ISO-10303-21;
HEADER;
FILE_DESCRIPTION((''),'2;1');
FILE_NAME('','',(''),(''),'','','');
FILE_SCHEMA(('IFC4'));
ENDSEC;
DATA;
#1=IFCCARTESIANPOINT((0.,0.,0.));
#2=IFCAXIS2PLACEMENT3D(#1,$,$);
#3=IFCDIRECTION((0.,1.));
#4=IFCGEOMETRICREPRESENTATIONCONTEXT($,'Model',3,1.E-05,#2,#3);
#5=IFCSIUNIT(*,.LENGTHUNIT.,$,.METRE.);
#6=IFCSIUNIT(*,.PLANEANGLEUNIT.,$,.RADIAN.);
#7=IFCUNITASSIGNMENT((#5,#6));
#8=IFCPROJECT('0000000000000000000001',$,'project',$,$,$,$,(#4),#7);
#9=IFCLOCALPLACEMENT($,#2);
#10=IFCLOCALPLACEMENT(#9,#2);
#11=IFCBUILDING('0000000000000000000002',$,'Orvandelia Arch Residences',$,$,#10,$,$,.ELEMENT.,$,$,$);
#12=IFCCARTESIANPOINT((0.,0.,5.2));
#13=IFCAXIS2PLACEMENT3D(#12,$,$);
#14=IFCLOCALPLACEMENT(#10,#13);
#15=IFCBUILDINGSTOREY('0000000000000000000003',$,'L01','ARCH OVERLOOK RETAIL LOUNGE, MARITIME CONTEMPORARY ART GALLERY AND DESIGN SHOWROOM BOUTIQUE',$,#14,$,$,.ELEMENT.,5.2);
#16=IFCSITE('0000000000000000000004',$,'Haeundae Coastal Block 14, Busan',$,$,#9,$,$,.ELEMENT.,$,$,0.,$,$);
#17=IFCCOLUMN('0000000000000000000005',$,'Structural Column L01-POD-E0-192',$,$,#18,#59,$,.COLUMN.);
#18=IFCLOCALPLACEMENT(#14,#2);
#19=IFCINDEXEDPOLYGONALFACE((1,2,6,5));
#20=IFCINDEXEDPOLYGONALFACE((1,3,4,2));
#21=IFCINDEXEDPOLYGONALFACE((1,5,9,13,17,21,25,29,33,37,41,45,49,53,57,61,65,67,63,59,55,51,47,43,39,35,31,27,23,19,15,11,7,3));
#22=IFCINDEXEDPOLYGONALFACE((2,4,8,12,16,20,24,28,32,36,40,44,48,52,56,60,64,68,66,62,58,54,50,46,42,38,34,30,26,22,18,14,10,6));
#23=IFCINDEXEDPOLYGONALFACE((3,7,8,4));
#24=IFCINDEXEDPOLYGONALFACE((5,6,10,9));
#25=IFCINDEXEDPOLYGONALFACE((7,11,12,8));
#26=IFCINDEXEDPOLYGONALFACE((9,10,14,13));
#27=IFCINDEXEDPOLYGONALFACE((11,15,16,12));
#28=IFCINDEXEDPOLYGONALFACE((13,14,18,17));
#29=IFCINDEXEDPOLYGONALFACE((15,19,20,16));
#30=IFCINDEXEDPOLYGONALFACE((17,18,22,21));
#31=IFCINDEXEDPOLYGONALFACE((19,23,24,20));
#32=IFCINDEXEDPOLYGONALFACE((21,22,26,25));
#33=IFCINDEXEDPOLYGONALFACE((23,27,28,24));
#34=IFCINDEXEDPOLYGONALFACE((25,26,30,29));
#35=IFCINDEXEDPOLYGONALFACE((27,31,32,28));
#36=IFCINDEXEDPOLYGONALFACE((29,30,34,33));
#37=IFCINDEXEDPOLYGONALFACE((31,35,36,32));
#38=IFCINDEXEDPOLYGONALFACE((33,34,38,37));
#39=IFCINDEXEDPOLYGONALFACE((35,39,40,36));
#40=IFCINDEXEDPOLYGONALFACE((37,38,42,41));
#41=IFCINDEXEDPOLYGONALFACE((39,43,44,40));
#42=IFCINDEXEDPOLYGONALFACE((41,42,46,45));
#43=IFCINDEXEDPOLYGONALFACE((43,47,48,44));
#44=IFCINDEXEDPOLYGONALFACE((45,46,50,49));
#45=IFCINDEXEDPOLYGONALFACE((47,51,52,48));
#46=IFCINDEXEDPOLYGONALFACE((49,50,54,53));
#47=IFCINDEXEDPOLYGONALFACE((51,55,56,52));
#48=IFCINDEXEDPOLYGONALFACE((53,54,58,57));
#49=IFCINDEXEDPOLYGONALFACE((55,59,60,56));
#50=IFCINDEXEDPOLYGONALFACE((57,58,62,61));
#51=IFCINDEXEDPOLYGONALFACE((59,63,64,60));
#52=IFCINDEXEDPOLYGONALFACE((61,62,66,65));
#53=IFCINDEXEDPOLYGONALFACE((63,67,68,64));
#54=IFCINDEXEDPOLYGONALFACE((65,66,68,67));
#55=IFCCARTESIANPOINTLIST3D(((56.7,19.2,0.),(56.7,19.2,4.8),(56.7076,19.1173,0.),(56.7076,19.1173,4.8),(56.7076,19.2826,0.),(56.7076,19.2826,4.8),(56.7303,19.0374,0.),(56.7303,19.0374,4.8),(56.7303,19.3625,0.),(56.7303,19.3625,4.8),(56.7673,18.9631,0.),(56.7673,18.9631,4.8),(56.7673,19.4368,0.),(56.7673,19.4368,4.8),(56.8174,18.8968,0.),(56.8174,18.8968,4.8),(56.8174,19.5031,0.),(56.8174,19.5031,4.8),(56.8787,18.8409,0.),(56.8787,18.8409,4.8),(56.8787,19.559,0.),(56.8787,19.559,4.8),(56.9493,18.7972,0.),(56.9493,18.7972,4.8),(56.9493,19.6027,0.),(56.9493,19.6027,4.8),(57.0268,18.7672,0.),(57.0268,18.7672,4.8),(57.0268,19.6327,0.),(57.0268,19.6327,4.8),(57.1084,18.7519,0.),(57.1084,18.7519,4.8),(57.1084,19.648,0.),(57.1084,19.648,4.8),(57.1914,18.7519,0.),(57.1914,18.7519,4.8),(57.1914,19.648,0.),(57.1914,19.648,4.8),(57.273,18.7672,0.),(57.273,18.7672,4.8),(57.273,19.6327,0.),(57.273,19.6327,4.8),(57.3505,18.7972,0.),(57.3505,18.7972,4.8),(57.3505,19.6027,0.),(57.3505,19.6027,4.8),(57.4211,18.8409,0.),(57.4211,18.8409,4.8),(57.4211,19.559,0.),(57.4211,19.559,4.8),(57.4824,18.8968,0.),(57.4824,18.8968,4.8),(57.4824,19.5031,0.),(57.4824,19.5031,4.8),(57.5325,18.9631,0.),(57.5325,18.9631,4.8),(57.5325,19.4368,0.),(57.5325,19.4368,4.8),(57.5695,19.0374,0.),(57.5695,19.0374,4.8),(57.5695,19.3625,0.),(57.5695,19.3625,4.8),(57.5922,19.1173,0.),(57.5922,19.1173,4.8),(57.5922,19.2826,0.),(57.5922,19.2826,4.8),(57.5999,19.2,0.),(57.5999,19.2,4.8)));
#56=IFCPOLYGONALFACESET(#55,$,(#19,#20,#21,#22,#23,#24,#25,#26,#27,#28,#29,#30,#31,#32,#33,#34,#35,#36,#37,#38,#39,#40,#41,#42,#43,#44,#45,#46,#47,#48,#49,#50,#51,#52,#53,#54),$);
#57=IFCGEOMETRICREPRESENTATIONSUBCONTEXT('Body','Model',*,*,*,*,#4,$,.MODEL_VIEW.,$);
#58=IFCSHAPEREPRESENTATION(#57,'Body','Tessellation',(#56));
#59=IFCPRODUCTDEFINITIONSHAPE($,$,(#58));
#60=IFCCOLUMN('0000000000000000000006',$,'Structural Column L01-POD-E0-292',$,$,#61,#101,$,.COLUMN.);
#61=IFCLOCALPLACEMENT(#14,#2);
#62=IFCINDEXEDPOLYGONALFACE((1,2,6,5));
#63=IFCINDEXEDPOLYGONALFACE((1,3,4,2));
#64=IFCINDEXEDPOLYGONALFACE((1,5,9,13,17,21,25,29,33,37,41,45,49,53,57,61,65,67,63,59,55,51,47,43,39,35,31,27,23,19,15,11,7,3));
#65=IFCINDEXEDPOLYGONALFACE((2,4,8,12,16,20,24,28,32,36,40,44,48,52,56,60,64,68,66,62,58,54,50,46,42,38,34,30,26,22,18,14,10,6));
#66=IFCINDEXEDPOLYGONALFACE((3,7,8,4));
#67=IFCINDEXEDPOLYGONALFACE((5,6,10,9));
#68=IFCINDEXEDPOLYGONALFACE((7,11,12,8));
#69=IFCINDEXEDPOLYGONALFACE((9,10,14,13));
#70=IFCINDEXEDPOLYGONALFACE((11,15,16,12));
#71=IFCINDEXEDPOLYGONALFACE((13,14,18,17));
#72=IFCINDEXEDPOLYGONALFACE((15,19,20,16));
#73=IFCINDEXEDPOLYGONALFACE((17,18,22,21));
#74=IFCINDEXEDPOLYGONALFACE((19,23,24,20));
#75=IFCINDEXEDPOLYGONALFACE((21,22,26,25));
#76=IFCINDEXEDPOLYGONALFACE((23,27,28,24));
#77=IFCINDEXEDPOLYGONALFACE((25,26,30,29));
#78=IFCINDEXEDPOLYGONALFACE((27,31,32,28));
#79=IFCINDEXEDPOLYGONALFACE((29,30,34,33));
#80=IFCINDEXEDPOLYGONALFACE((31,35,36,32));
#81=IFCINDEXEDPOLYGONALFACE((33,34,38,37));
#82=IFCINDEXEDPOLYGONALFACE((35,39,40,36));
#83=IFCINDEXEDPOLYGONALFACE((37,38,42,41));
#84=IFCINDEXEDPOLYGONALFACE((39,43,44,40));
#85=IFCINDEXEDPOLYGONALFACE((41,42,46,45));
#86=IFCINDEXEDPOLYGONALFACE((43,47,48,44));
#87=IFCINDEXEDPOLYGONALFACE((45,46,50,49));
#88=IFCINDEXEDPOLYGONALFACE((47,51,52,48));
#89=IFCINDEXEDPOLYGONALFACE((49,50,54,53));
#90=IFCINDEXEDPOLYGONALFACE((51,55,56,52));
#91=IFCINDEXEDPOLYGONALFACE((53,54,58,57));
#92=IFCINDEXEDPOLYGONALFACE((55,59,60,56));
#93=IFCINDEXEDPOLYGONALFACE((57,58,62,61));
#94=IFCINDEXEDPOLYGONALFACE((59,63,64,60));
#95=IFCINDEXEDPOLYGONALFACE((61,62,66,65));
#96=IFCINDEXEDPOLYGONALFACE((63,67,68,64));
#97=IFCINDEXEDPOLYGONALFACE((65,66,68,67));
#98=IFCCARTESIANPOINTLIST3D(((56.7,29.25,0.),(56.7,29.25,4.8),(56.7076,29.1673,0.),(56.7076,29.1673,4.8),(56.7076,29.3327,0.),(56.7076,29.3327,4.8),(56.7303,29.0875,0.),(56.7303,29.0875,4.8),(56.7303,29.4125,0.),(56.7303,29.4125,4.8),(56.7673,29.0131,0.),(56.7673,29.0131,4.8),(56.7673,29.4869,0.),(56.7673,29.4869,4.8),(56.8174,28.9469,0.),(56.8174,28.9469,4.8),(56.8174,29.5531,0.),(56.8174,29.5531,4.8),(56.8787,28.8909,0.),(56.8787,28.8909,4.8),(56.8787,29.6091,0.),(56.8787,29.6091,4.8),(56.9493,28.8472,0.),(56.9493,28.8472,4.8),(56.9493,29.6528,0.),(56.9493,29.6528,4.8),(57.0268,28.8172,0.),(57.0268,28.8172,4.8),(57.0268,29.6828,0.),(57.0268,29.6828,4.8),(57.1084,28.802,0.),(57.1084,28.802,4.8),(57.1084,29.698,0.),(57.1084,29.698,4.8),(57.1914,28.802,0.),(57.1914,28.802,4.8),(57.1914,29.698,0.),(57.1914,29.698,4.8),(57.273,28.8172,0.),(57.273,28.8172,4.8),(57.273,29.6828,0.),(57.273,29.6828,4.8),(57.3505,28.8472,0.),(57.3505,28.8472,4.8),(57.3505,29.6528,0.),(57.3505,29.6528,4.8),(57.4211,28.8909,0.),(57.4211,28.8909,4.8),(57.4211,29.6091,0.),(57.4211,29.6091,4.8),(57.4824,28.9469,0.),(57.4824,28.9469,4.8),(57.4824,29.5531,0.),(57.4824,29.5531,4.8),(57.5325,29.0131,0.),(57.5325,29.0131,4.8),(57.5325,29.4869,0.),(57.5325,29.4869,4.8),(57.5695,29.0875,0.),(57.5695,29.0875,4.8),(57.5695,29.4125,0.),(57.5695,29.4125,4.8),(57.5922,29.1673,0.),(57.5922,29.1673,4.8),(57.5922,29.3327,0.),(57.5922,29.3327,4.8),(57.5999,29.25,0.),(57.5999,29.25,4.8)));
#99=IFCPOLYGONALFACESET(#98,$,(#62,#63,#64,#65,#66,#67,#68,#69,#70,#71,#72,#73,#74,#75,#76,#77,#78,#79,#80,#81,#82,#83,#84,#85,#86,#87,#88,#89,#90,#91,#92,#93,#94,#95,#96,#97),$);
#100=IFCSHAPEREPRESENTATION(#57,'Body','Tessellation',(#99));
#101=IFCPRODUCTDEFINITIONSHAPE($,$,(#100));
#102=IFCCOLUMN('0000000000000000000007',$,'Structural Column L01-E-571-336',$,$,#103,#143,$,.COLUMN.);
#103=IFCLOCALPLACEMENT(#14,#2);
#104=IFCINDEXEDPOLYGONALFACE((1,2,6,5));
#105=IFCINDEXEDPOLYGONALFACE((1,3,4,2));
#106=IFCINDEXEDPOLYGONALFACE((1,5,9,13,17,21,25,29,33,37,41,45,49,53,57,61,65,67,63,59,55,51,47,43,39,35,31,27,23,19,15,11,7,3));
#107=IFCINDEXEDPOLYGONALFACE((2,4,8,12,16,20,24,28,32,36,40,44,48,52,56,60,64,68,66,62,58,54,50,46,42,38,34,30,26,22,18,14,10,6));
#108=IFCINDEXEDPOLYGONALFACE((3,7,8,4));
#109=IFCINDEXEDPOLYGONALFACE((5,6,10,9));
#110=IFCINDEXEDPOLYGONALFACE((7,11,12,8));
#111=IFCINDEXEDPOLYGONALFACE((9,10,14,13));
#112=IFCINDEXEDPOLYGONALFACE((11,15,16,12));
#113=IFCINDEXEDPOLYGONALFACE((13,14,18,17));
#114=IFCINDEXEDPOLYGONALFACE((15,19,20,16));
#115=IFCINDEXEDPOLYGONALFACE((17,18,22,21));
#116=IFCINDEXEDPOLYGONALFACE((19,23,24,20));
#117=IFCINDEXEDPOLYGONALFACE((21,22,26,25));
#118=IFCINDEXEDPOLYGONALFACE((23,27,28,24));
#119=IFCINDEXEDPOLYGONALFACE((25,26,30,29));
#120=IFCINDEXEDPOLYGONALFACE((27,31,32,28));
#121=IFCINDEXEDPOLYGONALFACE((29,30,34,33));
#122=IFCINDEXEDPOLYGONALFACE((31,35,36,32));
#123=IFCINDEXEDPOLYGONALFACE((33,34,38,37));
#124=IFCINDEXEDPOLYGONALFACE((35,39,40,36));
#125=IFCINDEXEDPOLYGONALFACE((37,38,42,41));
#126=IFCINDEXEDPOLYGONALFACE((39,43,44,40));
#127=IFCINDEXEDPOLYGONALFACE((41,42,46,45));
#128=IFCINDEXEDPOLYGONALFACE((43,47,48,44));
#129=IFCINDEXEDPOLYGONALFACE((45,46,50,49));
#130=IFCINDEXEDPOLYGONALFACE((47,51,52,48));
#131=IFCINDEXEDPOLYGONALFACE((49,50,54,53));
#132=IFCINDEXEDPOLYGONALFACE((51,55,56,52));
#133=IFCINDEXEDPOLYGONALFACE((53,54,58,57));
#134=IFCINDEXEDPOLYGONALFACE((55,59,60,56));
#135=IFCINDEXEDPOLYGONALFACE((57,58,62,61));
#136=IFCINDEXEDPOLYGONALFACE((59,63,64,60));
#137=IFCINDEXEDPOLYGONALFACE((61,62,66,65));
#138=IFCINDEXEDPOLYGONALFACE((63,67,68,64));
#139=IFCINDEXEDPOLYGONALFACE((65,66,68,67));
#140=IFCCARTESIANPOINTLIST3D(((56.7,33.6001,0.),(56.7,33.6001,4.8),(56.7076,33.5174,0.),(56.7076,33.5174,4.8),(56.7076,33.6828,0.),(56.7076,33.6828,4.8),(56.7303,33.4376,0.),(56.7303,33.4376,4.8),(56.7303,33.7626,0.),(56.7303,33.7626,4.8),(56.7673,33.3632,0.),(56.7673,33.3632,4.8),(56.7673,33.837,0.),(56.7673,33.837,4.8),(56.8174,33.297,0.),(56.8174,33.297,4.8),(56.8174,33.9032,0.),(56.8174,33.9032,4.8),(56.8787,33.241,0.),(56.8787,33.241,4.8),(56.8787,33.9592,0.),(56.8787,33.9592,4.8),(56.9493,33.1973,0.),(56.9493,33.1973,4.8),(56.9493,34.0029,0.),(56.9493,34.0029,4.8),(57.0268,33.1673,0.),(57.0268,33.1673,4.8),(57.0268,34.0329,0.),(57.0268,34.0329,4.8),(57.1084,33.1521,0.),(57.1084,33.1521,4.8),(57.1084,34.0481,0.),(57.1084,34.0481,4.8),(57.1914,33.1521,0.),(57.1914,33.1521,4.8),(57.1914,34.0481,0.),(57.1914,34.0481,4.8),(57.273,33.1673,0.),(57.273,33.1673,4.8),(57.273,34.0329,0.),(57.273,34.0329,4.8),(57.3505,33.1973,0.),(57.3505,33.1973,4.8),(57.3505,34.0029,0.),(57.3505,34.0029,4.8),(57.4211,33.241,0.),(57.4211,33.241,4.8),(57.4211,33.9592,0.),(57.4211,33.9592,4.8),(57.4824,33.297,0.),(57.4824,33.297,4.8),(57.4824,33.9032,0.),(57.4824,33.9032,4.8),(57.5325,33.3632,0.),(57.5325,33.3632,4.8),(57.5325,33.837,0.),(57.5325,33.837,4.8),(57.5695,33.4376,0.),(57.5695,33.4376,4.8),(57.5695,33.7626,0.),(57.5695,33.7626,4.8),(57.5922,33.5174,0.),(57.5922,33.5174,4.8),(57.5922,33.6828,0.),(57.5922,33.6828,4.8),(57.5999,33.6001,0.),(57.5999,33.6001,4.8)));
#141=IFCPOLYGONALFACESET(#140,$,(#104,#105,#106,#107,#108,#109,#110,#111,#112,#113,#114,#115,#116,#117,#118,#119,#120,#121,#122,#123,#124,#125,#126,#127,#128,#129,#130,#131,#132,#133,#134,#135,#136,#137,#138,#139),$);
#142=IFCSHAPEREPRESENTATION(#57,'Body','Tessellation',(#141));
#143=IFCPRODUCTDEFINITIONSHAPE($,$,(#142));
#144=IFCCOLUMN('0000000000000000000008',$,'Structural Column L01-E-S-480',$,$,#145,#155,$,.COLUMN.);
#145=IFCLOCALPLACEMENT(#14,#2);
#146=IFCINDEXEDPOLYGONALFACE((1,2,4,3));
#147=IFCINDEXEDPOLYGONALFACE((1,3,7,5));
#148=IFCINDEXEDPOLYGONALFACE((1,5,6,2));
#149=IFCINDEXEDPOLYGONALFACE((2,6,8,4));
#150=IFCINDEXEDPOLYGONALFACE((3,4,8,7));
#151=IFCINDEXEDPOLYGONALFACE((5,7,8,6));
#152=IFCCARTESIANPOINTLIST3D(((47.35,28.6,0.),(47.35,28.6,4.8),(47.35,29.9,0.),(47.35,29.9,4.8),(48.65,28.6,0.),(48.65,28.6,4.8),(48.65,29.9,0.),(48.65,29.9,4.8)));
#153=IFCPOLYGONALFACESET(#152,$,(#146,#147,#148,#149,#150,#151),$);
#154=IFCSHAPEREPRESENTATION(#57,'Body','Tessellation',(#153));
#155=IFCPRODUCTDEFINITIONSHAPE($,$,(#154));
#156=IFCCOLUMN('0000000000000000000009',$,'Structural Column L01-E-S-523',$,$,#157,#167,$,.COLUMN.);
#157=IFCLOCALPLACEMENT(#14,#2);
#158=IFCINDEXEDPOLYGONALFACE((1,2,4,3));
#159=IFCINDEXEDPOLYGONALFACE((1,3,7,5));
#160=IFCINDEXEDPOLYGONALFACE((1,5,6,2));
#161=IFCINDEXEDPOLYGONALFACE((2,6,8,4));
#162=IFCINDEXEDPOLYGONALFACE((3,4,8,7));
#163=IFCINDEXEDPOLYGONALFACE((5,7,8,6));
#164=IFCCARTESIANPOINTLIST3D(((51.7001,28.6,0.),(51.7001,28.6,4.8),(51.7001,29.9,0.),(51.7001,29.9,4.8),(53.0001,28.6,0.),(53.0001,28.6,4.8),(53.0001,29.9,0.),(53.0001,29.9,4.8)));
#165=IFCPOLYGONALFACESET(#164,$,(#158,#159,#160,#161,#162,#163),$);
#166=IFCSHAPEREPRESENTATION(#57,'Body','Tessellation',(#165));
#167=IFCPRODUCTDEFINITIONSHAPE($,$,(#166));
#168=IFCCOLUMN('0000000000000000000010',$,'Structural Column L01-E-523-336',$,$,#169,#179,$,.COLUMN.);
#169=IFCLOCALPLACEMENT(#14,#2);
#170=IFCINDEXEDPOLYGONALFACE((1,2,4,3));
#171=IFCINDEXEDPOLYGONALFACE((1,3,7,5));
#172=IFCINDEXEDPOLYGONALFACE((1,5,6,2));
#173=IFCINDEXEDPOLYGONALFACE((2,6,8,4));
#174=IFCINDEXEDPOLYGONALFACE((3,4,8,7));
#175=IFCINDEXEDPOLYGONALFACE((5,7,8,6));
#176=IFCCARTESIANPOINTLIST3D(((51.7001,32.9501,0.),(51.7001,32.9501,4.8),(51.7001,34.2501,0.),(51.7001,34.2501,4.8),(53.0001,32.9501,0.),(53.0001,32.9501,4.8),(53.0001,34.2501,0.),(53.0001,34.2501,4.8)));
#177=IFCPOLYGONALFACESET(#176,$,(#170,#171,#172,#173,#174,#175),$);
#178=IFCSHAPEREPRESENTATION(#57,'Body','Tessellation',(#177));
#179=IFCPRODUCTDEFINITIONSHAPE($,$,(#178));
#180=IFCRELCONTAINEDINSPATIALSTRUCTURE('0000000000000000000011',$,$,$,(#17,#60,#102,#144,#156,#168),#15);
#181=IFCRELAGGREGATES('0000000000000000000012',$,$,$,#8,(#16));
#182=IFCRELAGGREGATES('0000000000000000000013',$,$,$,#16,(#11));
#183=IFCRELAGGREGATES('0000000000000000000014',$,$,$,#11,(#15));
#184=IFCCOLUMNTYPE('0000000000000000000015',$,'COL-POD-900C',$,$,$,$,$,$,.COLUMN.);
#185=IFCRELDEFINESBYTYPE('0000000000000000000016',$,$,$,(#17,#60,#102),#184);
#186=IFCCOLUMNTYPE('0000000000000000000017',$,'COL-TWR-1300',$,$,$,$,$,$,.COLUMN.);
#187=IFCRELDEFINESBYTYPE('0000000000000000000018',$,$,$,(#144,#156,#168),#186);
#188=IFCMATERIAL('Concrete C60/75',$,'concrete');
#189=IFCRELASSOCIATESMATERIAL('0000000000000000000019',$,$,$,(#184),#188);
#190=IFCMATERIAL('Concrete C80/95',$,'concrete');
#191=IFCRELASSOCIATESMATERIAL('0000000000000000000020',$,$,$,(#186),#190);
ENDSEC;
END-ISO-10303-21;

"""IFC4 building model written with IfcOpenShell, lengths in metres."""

from ifc_helpers import new_model, si_unit, direction, frame, origin, origin_2d, place, context, subcontext, project, spatial, rectangle, circle, extrude, material, material_profile, profile_set, type_object, element, save


model = new_model("IFC4")

# Units and contexts
model_context = context("Model", 3, precision=1e-05, world=origin(), true_north=direction((0.0, 1.0)))
body_context = subcontext(model_context, "Body", "Model", "MODEL_VIEW")
ifc_project = project(units=[si_unit("LENGTHUNIT", "METRE"), si_unit("PLANEANGLEUNIT", "RADIAN")], contexts=[model_context])

# Site, building, storey
site_placement = place(None, origin())
site = spatial("IfcSite", under=ifc_project, at=site_placement, Name="Haeundae Coastal Block 14, Busan", CompositionType="ELEMENT", RefElevation=0.0)
building_placement = place(site_placement, origin())
building = spatial("IfcBuilding", under=site, at=building_placement, Name="Orvandelia Arch Residences", CompositionType="ELEMENT")
storey_placement = place(building_placement, frame((0.0, 0.0, 5.2)))
storey = spatial("IfcBuildingStorey", under=building, at=storey_placement, Name="L01", Description="ARCH OVERLOOK RETAIL LOUNGE, MARITIME CONTEMPORARY ART GALLERY AND DESIGN SHOWROOM BOUTIQUE", CompositionType="ELEMENT", Elevation=5.2)

# Columns
ifc_material_1 = material(Name="Concrete C60/75", Category="concrete")
ifc_material_profile_1 = material_profile(ifc_material_1, circle(Radius=0.45, at=origin_2d()), Name="Concrete C60/75", Category="concrete")
ifc_profile_set_1 = profile_set([ifc_material_profile_1], Name="Concrete C60/75")
column_type_1 = type_object("IfcColumnType", Name="COL-POD-900C", PredefinedType="COLUMN", material=ifc_profile_set_1)
for number, where, z_axis, x_axis, name in (
    (1, (57.1499, 19.2, 0.0), (0.0, 0.0, 1.0), (1.0, 0.0, 0.0), "Structural Column L01-POD-E0-192"),
    (2, (57.1499, 29.25, 0.0), (0.0, 0.0, 1.0), (1.0, 0.0, 0.0), "Structural Column L01-POD-E0-292"),
    (3, (57.1499, 33.6001, 0.0), (0.0, 0.0, 1.0), (1.0, 0.0, 0.0), "Structural Column L01-E-571-336"),
):
    element("IfcColumn", number, at=place(storey_placement, frame(where, z_axis=z_axis, x_axis=x_axis)), inside=storey, type_object=column_type_1, Name=name, PredefinedType="COLUMN", context=body_context, shape_type="SweptSolid", body=[
        extrude(circle(Radius=0.45, at=origin_2d()), origin(), (0.0, 0.0, 1.0), 4.8),
    ])
ifc_material_2 = material(Name="Concrete C80/95", Category="concrete")
ifc_material_profile_2 = material_profile(ifc_material_2, rectangle(XDim=1.3, YDim=1.3, at=origin_2d()), Name="Concrete C80/95", Category="concrete")
ifc_profile_set_2 = profile_set([ifc_material_profile_2], Name="Concrete C80/95")
column_type_2 = type_object("IfcColumnType", Name="COL-TWR-1300", PredefinedType="COLUMN", material=ifc_profile_set_2)
for number, where, z_axis, x_axis, name in (
    (4, (48.0, 29.25, 0.0), (0.0, 0.0, 1.0), (1.0, 0.0, 0.0), "Structural Column L01-E-S-480"),
    (5, (52.3501, 29.25, 0.0), (0.0, 0.0, 1.0), (1.0, 0.0, 0.0), "Structural Column L01-E-S-523"),
    (6, (52.3501, 33.6001, 0.0), (0.0, 0.0, 1.0), (1.0, 0.0, 0.0), "Structural Column L01-E-523-336"),
):
    element("IfcColumn", number, at=place(storey_placement, frame(where, z_axis=z_axis, x_axis=x_axis)), inside=storey, type_object=column_type_2, Name=name, PredefinedType="COLUMN", context=body_context, shape_type="SweptSolid", body=[
        extrude(rectangle(XDim=1.3, YDim=1.3, at=origin_2d()), origin(), (0.0, 0.0, 1.0), 4.8),
    ])

save(model, "model.ifc")
